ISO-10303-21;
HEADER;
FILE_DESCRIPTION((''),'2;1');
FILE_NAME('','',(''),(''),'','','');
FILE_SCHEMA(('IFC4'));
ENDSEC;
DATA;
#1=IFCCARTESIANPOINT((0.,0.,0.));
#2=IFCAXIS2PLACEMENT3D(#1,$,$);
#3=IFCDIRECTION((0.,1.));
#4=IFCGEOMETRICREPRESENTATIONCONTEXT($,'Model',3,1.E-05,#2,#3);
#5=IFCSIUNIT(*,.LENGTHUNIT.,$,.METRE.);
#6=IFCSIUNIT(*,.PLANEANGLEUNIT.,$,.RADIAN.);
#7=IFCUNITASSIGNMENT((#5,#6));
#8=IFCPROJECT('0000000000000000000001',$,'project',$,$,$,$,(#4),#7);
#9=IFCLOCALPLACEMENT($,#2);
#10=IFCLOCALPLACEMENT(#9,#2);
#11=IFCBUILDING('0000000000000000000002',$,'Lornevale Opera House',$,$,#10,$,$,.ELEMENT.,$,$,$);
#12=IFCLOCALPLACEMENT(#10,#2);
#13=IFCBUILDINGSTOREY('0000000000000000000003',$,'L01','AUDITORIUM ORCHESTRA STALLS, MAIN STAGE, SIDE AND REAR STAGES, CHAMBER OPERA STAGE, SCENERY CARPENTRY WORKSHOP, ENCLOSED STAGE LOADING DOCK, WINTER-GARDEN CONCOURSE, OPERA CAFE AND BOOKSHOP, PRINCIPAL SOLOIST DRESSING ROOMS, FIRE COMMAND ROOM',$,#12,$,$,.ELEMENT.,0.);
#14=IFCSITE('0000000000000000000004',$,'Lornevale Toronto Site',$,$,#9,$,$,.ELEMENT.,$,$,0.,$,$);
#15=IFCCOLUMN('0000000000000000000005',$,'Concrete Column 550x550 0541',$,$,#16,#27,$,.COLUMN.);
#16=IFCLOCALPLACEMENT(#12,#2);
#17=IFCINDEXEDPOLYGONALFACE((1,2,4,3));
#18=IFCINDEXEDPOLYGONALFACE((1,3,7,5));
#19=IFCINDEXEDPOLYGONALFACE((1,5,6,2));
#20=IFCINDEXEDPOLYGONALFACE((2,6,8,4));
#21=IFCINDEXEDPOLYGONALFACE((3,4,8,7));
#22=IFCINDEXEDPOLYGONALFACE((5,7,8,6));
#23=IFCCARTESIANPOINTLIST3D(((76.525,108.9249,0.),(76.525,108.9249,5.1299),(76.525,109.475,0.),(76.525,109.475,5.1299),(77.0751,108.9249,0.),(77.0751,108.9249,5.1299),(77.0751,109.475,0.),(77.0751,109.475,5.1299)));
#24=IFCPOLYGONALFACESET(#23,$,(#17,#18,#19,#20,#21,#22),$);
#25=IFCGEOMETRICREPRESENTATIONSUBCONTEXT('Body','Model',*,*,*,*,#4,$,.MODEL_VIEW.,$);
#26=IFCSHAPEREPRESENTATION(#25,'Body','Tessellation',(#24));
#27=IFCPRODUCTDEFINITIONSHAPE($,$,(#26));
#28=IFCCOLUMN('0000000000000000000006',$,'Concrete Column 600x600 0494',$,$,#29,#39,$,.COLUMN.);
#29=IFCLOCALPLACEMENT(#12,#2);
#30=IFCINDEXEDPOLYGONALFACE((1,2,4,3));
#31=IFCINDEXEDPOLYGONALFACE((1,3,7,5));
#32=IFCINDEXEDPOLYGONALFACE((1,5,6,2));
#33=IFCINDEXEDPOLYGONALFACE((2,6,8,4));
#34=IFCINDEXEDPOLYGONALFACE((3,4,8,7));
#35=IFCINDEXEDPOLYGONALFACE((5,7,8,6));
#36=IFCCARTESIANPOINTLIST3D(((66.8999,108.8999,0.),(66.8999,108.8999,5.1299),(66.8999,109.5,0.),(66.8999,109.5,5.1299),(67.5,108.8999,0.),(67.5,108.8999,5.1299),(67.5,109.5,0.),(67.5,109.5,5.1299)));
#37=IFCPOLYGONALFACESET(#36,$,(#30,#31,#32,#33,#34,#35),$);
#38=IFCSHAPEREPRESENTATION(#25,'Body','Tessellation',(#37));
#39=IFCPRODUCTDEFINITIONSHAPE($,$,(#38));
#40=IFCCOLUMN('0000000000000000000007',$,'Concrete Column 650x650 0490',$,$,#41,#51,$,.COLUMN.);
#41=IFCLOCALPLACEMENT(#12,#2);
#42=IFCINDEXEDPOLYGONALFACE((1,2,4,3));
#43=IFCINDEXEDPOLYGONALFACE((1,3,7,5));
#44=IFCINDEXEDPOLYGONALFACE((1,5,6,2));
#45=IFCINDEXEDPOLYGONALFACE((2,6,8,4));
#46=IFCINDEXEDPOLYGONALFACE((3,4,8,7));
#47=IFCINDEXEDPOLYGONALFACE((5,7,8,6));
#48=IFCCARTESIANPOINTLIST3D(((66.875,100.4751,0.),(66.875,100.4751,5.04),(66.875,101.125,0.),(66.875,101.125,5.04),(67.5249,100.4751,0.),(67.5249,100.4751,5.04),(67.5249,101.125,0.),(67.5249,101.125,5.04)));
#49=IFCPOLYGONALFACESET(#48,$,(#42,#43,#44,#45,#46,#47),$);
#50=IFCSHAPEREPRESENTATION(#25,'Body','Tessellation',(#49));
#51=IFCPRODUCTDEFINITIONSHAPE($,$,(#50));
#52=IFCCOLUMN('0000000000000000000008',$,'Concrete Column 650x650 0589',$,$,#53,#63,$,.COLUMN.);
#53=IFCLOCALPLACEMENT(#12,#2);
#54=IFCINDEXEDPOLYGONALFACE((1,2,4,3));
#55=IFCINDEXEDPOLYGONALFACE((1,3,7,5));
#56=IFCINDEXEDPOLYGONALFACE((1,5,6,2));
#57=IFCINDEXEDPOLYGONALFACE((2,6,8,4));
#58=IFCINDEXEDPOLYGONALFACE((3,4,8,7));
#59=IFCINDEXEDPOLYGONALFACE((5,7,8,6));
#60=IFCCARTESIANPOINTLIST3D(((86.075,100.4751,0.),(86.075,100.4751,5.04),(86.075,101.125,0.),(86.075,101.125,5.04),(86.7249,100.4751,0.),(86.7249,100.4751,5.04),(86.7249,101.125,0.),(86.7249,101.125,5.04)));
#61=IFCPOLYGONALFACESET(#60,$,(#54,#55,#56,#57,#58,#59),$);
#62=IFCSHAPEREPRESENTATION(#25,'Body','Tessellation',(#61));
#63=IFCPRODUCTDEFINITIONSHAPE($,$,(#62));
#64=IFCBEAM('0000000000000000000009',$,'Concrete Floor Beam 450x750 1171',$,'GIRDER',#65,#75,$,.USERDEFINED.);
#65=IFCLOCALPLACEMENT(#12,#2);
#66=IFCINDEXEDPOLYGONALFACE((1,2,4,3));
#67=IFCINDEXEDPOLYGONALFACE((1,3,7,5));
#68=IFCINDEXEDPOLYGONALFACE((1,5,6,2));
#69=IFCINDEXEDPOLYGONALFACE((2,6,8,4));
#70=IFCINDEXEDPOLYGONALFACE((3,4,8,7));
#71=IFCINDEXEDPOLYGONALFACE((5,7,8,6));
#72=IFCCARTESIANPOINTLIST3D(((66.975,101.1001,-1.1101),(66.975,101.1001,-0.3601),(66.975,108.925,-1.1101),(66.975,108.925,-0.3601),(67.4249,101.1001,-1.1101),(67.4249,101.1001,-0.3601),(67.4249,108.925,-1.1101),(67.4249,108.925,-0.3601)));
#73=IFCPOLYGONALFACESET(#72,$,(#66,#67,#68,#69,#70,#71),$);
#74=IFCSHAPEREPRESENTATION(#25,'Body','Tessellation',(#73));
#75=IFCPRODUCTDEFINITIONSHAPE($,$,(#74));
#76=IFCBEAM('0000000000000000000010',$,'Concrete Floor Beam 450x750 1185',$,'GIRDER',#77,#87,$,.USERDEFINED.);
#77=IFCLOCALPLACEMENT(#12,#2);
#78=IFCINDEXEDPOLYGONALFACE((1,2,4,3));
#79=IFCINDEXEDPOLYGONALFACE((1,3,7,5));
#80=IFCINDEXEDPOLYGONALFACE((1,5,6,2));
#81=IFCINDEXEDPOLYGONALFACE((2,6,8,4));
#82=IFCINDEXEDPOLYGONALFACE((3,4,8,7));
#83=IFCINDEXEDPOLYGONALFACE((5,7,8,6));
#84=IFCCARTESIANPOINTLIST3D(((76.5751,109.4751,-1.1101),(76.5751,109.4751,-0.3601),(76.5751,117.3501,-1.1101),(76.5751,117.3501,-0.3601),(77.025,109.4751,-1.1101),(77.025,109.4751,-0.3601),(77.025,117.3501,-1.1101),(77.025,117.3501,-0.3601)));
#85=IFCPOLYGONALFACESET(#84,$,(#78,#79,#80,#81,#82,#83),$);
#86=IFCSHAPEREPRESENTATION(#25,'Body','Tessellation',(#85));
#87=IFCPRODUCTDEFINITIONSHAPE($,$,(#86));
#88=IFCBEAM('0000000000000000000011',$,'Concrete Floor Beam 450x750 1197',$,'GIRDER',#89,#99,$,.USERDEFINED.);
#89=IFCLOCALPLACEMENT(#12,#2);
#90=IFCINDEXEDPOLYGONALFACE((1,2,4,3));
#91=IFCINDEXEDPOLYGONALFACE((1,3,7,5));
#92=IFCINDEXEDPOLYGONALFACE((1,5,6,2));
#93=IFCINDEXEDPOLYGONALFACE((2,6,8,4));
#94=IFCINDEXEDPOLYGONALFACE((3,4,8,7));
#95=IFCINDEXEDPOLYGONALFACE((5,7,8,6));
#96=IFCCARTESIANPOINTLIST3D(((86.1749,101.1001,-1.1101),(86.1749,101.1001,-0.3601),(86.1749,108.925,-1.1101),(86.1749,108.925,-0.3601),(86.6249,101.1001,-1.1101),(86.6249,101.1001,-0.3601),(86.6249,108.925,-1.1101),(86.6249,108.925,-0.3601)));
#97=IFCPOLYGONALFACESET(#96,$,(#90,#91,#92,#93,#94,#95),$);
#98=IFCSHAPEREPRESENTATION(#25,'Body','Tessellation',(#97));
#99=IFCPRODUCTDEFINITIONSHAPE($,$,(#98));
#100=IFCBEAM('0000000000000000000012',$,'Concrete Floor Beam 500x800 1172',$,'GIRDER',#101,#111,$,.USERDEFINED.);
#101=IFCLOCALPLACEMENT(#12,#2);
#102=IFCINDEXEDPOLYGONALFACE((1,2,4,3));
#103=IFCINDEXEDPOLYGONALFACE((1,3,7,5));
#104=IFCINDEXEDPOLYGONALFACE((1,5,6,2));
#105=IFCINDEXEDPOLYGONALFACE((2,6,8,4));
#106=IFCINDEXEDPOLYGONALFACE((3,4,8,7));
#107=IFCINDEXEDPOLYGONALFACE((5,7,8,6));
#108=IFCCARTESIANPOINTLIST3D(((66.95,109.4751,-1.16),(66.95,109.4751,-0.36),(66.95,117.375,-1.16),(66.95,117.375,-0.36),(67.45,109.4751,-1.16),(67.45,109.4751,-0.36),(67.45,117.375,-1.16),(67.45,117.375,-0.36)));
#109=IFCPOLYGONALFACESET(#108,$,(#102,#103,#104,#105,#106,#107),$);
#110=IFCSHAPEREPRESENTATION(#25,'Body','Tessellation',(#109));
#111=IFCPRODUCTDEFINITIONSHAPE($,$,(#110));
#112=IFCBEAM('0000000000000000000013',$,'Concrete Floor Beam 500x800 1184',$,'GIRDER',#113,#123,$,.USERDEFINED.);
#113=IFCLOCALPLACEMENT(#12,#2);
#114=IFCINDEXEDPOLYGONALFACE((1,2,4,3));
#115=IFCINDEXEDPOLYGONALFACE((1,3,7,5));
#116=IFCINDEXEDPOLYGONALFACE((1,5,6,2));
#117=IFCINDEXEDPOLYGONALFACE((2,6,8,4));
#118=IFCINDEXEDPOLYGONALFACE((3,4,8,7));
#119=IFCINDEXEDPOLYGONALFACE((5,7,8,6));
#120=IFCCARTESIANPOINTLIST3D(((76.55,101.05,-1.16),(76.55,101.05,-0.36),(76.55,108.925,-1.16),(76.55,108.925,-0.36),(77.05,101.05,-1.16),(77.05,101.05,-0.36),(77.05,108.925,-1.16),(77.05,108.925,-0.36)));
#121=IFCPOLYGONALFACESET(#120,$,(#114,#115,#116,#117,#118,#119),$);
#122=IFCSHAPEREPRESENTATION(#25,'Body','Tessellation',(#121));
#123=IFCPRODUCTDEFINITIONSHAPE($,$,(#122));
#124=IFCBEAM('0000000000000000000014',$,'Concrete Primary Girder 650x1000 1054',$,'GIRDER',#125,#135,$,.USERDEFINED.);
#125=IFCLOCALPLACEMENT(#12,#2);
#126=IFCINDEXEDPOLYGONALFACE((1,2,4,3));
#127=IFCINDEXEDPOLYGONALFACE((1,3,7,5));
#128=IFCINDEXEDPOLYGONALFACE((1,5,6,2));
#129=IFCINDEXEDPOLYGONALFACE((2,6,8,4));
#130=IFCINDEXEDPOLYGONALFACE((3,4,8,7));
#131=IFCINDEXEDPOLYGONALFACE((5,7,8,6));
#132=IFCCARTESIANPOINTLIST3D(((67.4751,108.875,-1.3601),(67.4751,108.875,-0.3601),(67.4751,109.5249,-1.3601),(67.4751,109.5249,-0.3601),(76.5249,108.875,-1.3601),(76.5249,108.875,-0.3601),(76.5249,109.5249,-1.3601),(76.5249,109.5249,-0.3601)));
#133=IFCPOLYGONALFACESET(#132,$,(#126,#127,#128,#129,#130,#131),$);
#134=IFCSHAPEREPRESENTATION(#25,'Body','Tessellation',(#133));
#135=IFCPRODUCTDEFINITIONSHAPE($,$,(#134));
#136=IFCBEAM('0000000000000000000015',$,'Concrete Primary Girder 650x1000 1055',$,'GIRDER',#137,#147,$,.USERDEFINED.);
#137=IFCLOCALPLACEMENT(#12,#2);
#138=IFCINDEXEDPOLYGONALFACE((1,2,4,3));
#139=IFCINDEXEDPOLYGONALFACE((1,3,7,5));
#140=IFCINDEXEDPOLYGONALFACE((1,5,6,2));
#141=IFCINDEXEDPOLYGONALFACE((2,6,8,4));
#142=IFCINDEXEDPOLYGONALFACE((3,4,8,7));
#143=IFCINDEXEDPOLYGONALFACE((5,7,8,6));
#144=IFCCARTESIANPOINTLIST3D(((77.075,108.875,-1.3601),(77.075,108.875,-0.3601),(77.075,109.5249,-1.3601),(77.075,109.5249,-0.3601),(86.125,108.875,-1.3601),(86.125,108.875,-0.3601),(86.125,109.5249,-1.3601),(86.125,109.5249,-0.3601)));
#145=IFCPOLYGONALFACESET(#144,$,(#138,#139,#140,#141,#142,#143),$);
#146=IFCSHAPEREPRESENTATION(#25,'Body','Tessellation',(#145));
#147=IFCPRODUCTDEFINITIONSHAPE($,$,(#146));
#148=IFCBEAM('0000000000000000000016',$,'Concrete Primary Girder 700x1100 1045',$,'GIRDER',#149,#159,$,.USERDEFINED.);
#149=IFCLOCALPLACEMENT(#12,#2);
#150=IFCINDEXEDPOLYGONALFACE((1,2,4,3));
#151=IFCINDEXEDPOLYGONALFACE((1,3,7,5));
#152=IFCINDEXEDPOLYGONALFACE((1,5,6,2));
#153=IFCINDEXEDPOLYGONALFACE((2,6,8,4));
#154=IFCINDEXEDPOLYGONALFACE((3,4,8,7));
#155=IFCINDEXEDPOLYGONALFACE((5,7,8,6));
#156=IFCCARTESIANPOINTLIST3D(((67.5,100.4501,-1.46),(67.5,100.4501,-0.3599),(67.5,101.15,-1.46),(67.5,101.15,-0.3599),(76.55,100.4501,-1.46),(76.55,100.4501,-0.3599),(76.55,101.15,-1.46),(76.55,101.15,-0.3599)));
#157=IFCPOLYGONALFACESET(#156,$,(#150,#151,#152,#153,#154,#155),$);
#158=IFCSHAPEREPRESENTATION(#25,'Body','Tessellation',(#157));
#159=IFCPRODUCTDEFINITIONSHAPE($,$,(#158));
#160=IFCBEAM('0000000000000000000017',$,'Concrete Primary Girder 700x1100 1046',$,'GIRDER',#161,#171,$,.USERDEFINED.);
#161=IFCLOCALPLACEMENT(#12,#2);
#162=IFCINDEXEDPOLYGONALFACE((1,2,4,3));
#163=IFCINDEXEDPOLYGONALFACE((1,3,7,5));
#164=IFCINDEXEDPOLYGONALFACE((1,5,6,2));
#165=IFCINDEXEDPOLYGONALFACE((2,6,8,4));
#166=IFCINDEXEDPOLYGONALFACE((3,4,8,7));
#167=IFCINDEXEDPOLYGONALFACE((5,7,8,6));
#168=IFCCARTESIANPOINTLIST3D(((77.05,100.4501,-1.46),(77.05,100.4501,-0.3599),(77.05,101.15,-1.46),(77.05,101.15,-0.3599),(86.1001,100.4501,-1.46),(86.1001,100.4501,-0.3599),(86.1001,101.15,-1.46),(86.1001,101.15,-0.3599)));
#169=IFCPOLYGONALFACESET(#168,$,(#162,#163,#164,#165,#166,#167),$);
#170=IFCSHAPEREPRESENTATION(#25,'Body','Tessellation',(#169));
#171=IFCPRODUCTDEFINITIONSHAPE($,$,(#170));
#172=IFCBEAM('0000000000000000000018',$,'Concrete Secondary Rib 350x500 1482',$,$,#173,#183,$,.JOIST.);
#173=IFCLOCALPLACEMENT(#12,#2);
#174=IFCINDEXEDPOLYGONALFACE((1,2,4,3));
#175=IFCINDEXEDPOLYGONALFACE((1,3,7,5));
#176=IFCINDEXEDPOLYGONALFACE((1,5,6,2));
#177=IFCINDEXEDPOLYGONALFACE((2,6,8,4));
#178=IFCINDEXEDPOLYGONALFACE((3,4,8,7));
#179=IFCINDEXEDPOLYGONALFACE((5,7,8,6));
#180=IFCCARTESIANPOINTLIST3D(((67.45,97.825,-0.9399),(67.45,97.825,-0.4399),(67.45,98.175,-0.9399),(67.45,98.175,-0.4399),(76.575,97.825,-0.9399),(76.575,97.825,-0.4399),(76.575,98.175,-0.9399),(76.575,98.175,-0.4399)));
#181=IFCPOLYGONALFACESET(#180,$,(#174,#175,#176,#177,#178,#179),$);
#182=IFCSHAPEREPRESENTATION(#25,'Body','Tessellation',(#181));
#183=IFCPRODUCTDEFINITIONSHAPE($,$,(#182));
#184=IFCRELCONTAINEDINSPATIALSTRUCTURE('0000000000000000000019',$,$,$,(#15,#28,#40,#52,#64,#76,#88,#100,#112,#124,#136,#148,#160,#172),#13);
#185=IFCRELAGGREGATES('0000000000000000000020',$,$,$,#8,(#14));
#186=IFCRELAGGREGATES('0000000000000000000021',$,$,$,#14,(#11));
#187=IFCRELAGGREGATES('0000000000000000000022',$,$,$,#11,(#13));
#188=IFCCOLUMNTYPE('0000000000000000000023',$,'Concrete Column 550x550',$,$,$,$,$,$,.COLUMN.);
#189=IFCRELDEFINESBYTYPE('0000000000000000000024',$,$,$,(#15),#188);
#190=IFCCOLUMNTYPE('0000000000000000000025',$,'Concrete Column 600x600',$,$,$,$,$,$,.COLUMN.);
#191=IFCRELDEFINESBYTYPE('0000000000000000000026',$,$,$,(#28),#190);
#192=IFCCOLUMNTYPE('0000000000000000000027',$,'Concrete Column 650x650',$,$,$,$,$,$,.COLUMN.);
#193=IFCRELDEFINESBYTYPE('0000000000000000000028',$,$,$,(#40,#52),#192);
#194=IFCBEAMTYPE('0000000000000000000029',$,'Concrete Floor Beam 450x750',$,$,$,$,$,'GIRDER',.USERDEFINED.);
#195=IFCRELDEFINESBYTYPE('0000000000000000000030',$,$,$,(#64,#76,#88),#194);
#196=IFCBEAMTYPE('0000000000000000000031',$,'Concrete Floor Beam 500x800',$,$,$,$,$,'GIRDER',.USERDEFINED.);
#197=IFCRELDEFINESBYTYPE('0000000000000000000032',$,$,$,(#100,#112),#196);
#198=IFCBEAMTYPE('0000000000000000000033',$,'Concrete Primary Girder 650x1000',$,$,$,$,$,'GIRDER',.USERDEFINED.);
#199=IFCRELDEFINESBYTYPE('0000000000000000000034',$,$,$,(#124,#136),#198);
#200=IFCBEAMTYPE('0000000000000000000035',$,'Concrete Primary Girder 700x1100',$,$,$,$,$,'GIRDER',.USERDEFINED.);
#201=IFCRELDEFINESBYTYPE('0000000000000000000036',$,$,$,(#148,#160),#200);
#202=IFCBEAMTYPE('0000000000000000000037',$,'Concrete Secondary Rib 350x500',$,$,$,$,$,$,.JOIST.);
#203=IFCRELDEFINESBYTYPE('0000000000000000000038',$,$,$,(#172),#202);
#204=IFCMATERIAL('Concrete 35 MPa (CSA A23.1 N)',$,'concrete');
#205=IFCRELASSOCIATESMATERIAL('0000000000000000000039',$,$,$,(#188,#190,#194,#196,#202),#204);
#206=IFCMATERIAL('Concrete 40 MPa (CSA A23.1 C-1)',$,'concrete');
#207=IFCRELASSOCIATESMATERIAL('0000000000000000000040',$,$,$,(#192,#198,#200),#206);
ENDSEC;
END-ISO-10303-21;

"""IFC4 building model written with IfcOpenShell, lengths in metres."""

from ifc_helpers import new_model, si_unit, direction, frame, origin, origin_2d, place, context, subcontext, project, spatial, rectangle, extrude, material, material_profile, profile_set, type_object, element, save


model = new_model("IFC4")

# Units and contexts
model_context = context("Model", 3, precision=1e-05, world=origin(), true_north=direction((0.0, 1.0)))
body_context = subcontext(model_context, "Body", "Model", "MODEL_VIEW")
ifc_project = project(units=[si_unit("LENGTHUNIT", "METRE"), si_unit("PLANEANGLEUNIT", "RADIAN")], contexts=[model_context])

# Site, building, storey
site_placement = place(None, origin())
site = spatial("IfcSite", under=ifc_project, at=site_placement, Name="Lornevale Toronto Site", CompositionType="ELEMENT", RefElevation=0.0)
building_placement = place(site_placement, origin())
building = spatial("IfcBuilding", under=site, at=building_placement, Name="Lornevale Opera House", CompositionType="ELEMENT")
storey_placement = place(building_placement, origin())
storey = spatial("IfcBuildingStorey", under=building, at=storey_placement, Name="L01", Description="AUDITORIUM ORCHESTRA STALLS, MAIN STAGE, SIDE AND REAR STAGES, CHAMBER OPERA STAGE, SCENERY CARPENTRY WORKSHOP, ENCLOSED STAGE LOADING DOCK, WINTER-GARDEN CONCOURSE, OPERA CAFE AND BOOKSHOP, PRINCIPAL SOLOIST DRESSING ROOMS, FIRE COMMAND ROOM", CompositionType="ELEMENT", Elevation=0.0)

# Columns
ifc_material_1 = material(Name="Concrete 35 MPa (CSA A23.1 N)", Category="concrete")
ifc_material_profile_1 = material_profile(ifc_material_1, rectangle(XDim=0.55, YDim=0.55, at=origin_2d()), Name="RC550x550")
ifc_profile_set_1 = profile_set([ifc_material_profile_1], Name="Concrete 35 MPa (CSA A23.1 N)")
column_type_1 = type_object("IfcColumnType", Name="Concrete Column 550x550", PredefinedType="COLUMN", material=ifc_profile_set_1)
column_1_placement = place(storey_placement, frame((76.8, 109.2, 0.0), z_axis=(0.0, 0.0, 1.0), x_axis=(1.0, 0.0, 0.0)))
element("IfcColumn", 1, at=column_1_placement, inside=storey, type_object=column_type_1, Name="Concrete Column 550x550 0541", PredefinedType="COLUMN", context=body_context, shape_type="SweptSolid", body=[
    extrude(rectangle(XDim=0.55, YDim=0.55, at=origin_2d()), origin(), (0.0, 0.0, 1.0), 5.1299),
])
ifc_material_profile_2 = material_profile(ifc_material_1, rectangle(XDim=0.6001, YDim=0.6001, at=origin_2d()), Name="RC600x600")
ifc_profile_set_2 = profile_set([ifc_material_profile_2], Name="Concrete 35 MPa (CSA A23.1 N)")
column_type_2 = type_object("IfcColumnType", Name="Concrete Column 600x600", PredefinedType="COLUMN", material=ifc_profile_set_2)
column_2_placement = place(storey_placement, frame((67.2, 109.2, 0.0), z_axis=(0.0, 0.0, 1.0), x_axis=(1.0, 0.0, 0.0)))
element("IfcColumn", 2, at=column_2_placement, inside=storey, type_object=column_type_2, Name="Concrete Column 600x600 0494", PredefinedType="COLUMN", context=body_context, shape_type="SweptSolid", body=[
    extrude(rectangle(XDim=0.6001, YDim=0.6001, at=origin_2d()), origin(), (0.0, 0.0, 1.0), 5.1299),
])
ifc_material_2 = material(Name="Concrete 40 MPa (CSA A23.1 C-1)", Category="concrete")
ifc_material_profile_3 = material_profile(ifc_material_2, rectangle(XDim=0.6499, YDim=0.6499, at=origin_2d()), Name="RC650x650")
ifc_profile_set_3 = profile_set([ifc_material_profile_3], Name="Concrete 40 MPa (CSA A23.1 C-1)")
column_type_3 = type_object("IfcColumnType", Name="Concrete Column 650x650", PredefinedType="COLUMN", material=ifc_profile_set_3)
for number, where, z_axis, x_axis, name in (
    (3, (67.2, 100.8, 0.0), (0.0, 0.0, 1.0), (1.0, 0.0, 0.0), "Concrete Column 650x650 0490"),
    (4, (86.3999, 100.8, 0.0), (0.0, 0.0, 1.0), (1.0, 0.0, 0.0), "Concrete Column 650x650 0589"),
):
    element("IfcColumn", number, at=place(storey_placement, frame(where, z_axis=z_axis, x_axis=x_axis)), inside=storey, type_object=column_type_3, Name=name, PredefinedType="COLUMN", context=body_context, shape_type="SweptSolid", body=[
        extrude(rectangle(XDim=0.6499, YDim=0.6499, at=origin_2d()), origin(), (0.0, 0.0, 1.0), 5.04),
    ])

# Beams
ifc_material_profile_4 = material_profile(ifc_material_1, rectangle(XDim=0.45, YDim=0.75, at=origin_2d()), Name="RC450x750")
ifc_profile_set_4 = profile_set([ifc_material_profile_4], Name="Concrete 35 MPa (CSA A23.1 N)")
beam_type_1 = type_object("IfcBeamType", Name="Concrete Floor Beam 450x750", ElementType="GIRDER", PredefinedType="USERDEFINED", material=ifc_profile_set_4)
beam_1_placement = place(storey_placement, frame((67.2, 101.1001, -0.7351), z_axis=(0.0, 1.0, 0.0), x_axis=(-1.0, 0.0, 0.0)))
element("IfcBeam", 5, at=beam_1_placement, inside=storey, type_object=beam_type_1, Name="Concrete Floor Beam 450x750 1171", ObjectType="GIRDER", PredefinedType="USERDEFINED", context=body_context, shape_type="SweptSolid", body=[
    extrude(rectangle(XDim=0.45, YDim=0.75, at=origin_2d()), origin(), (0.0, 0.0, 1.0), 7.825),
])
beam_2_placement = place(storey_placement, frame((76.8, 109.4751, -0.7351), z_axis=(0.0, 1.0, 0.0), x_axis=(-1.0, 0.0, 0.0)))
element("IfcBeam", 6, at=beam_2_placement, inside=storey, type_object=beam_type_1, Name="Concrete Floor Beam 450x750 1185", ObjectType="GIRDER", PredefinedType="USERDEFINED", context=body_context, shape_type="SweptSolid", body=[
    extrude(rectangle(XDim=0.45, YDim=0.75, at=origin_2d()), origin(), (0.0, 0.0, 1.0), 7.875),
])
beam_3_placement = place(storey_placement, frame((86.3999, 101.1001, -0.7351), z_axis=(0.0, 1.0, 0.0), x_axis=(-1.0, 0.0, 0.0)))
element("IfcBeam", 7, at=beam_3_placement, inside=storey, type_object=beam_type_1, Name="Concrete Floor Beam 450x750 1197", ObjectType="GIRDER", PredefinedType="USERDEFINED", context=body_context, shape_type="SweptSolid", body=[
    extrude(rectangle(XDim=0.45, YDim=0.75, at=origin_2d()), origin(), (0.0, 0.0, 1.0), 7.825),
])
ifc_material_profile_5 = material_profile(ifc_material_1, rectangle(XDim=0.5, YDim=0.8, at=origin_2d()), Name="RC500x800")
ifc_profile_set_5 = profile_set([ifc_material_profile_5], Name="Concrete 35 MPa (CSA A23.1 N)")
beam_type_2 = type_object("IfcBeamType", Name="Concrete Floor Beam 500x800", ElementType="GIRDER", PredefinedType="USERDEFINED", material=ifc_profile_set_5)
beam_4_placement = place(storey_placement, frame((67.2, 109.4751, -0.76), z_axis=(0.0, 1.0, 0.0), x_axis=(-1.0, 0.0, 0.0)))
element("IfcBeam", 8, at=beam_4_placement, inside=storey, type_object=beam_type_2, Name="Concrete Floor Beam 500x800 1172", ObjectType="GIRDER", PredefinedType="USERDEFINED", context=body_context, shape_type="SweptSolid", body=[
    extrude(rectangle(XDim=0.5, YDim=0.8, at=origin_2d()), origin(), (0.0, 0.0, 1.0), 7.8999),
])
beam_5_placement = place(storey_placement, frame((76.8, 101.05, -0.76), z_axis=(0.0, 1.0, 0.0), x_axis=(-1.0, 0.0, 0.0)))
element("IfcBeam", 9, at=beam_5_placement, inside=storey, type_object=beam_type_2, Name="Concrete Floor Beam 500x800 1184", ObjectType="GIRDER", PredefinedType="USERDEFINED", context=body_context, shape_type="SweptSolid", body=[
    extrude(rectangle(XDim=0.5, YDim=0.8, at=origin_2d()), origin(), (0.0, 0.0, 1.0), 7.875),
])
ifc_material_profile_6 = material_profile(ifc_material_2, rectangle(XDim=0.6499, YDim=1.0, at=origin_2d()), Name="RC650x1000")
ifc_profile_set_6 = profile_set([ifc_material_profile_6], Name="Concrete 40 MPa (CSA A23.1 C-1)")
beam_type_3 = type_object("IfcBeamType", Name="Concrete Primary Girder 650x1000", ElementType="GIRDER", PredefinedType="USERDEFINED", material=ifc_profile_set_6)
beam_6_placement = place(storey_placement, frame((67.4751, 109.2, -0.8601), z_axis=(1.0, 0.0, 0.0), x_axis=(0.0, 1.0, 0.0)))
element("IfcBeam", 10, at=beam_6_placement, inside=storey, type_object=beam_type_3, Name="Concrete Primary Girder 650x1000 1054", ObjectType="GIRDER", PredefinedType="USERDEFINED", context=body_context, shape_type="SweptSolid", body=[
    extrude(rectangle(XDim=0.6499, YDim=1.0, at=origin_2d()), origin(), (0.0, 0.0, 1.0), 9.0498),
])
beam_7_placement = place(storey_placement, frame((77.075, 109.2, -0.8601), z_axis=(1.0, 0.0, 0.0), x_axis=(0.0, 1.0, 0.0)))
element("IfcBeam", 11, at=beam_7_placement, inside=storey, type_object=beam_type_3, Name="Concrete Primary Girder 650x1000 1055", ObjectType="GIRDER", PredefinedType="USERDEFINED", context=body_context, shape_type="SweptSolid", body=[
    extrude(rectangle(XDim=0.6499, YDim=1.0, at=origin_2d()), origin(), (0.0, 0.0, 1.0), 9.05),
])
ifc_material_profile_7 = material_profile(ifc_material_2, rectangle(XDim=0.7, YDim=1.1001, at=origin_2d()), Name="RC700x1100")
ifc_profile_set_7 = profile_set([ifc_material_profile_7], Name="Concrete 40 MPa (CSA A23.1 C-1)")
beam_type_4 = type_object("IfcBeamType", Name="Concrete Primary Girder 700x1100", ElementType="GIRDER", PredefinedType="USERDEFINED", material=ifc_profile_set_7)
for number, where, z_axis, x_axis, name in (
    (12, (67.5, 100.8, -0.9099), (1.0, 0.0, 0.0), (0.0, 1.0, 0.0), "Concrete Primary Girder 700x1100 1045"),
    (13, (77.05, 100.8, -0.9099), (1.0, 0.0, 0.0), (0.0, 1.0, 0.0), "Concrete Primary Girder 700x1100 1046"),
):
    element("IfcBeam", number, at=place(storey_placement, frame(where, z_axis=z_axis, x_axis=x_axis)), inside=storey, type_object=beam_type_4, Name=name, ObjectType="GIRDER", PredefinedType="USERDEFINED", context=body_context, shape_type="SweptSolid", body=[
        extrude(rectangle(XDim=0.7, YDim=1.1001, at=origin_2d()), origin(), (0.0, 0.0, 1.0), 9.05),
    ])
ifc_material_profile_8 = material_profile(ifc_material_1, rectangle(XDim=0.3501, YDim=0.5, at=origin_2d()), Name="RC350x500")
ifc_profile_set_8 = profile_set([ifc_material_profile_8], Name="Concrete 35 MPa (CSA A23.1 N)")
beam_type_5 = type_object("IfcBeamType", Name="Concrete Secondary Rib 350x500", PredefinedType="JOIST", material=ifc_profile_set_8)
for number, where, z_axis, x_axis, name in (
    (14, (67.45, 98.0, -0.6899), (1.0, 0.0, 0.0), (0.0, 1.0, 0.0), "Concrete Secondary Rib 350x500 1482"),
):
    element("IfcBeam", number, at=place(storey_placement, frame(where, z_axis=z_axis, x_axis=x_axis)), inside=storey, type_object=beam_type_5, Name=name, PredefinedType="JOIST", context=body_context, shape_type="SweptSolid", body=[
        extrude(rectangle(XDim=0.3501, YDim=0.5, at=origin_2d()), origin(), (0.0, 0.0, 1.0), 9.125),
    ])

save(model, "model.ifc")
